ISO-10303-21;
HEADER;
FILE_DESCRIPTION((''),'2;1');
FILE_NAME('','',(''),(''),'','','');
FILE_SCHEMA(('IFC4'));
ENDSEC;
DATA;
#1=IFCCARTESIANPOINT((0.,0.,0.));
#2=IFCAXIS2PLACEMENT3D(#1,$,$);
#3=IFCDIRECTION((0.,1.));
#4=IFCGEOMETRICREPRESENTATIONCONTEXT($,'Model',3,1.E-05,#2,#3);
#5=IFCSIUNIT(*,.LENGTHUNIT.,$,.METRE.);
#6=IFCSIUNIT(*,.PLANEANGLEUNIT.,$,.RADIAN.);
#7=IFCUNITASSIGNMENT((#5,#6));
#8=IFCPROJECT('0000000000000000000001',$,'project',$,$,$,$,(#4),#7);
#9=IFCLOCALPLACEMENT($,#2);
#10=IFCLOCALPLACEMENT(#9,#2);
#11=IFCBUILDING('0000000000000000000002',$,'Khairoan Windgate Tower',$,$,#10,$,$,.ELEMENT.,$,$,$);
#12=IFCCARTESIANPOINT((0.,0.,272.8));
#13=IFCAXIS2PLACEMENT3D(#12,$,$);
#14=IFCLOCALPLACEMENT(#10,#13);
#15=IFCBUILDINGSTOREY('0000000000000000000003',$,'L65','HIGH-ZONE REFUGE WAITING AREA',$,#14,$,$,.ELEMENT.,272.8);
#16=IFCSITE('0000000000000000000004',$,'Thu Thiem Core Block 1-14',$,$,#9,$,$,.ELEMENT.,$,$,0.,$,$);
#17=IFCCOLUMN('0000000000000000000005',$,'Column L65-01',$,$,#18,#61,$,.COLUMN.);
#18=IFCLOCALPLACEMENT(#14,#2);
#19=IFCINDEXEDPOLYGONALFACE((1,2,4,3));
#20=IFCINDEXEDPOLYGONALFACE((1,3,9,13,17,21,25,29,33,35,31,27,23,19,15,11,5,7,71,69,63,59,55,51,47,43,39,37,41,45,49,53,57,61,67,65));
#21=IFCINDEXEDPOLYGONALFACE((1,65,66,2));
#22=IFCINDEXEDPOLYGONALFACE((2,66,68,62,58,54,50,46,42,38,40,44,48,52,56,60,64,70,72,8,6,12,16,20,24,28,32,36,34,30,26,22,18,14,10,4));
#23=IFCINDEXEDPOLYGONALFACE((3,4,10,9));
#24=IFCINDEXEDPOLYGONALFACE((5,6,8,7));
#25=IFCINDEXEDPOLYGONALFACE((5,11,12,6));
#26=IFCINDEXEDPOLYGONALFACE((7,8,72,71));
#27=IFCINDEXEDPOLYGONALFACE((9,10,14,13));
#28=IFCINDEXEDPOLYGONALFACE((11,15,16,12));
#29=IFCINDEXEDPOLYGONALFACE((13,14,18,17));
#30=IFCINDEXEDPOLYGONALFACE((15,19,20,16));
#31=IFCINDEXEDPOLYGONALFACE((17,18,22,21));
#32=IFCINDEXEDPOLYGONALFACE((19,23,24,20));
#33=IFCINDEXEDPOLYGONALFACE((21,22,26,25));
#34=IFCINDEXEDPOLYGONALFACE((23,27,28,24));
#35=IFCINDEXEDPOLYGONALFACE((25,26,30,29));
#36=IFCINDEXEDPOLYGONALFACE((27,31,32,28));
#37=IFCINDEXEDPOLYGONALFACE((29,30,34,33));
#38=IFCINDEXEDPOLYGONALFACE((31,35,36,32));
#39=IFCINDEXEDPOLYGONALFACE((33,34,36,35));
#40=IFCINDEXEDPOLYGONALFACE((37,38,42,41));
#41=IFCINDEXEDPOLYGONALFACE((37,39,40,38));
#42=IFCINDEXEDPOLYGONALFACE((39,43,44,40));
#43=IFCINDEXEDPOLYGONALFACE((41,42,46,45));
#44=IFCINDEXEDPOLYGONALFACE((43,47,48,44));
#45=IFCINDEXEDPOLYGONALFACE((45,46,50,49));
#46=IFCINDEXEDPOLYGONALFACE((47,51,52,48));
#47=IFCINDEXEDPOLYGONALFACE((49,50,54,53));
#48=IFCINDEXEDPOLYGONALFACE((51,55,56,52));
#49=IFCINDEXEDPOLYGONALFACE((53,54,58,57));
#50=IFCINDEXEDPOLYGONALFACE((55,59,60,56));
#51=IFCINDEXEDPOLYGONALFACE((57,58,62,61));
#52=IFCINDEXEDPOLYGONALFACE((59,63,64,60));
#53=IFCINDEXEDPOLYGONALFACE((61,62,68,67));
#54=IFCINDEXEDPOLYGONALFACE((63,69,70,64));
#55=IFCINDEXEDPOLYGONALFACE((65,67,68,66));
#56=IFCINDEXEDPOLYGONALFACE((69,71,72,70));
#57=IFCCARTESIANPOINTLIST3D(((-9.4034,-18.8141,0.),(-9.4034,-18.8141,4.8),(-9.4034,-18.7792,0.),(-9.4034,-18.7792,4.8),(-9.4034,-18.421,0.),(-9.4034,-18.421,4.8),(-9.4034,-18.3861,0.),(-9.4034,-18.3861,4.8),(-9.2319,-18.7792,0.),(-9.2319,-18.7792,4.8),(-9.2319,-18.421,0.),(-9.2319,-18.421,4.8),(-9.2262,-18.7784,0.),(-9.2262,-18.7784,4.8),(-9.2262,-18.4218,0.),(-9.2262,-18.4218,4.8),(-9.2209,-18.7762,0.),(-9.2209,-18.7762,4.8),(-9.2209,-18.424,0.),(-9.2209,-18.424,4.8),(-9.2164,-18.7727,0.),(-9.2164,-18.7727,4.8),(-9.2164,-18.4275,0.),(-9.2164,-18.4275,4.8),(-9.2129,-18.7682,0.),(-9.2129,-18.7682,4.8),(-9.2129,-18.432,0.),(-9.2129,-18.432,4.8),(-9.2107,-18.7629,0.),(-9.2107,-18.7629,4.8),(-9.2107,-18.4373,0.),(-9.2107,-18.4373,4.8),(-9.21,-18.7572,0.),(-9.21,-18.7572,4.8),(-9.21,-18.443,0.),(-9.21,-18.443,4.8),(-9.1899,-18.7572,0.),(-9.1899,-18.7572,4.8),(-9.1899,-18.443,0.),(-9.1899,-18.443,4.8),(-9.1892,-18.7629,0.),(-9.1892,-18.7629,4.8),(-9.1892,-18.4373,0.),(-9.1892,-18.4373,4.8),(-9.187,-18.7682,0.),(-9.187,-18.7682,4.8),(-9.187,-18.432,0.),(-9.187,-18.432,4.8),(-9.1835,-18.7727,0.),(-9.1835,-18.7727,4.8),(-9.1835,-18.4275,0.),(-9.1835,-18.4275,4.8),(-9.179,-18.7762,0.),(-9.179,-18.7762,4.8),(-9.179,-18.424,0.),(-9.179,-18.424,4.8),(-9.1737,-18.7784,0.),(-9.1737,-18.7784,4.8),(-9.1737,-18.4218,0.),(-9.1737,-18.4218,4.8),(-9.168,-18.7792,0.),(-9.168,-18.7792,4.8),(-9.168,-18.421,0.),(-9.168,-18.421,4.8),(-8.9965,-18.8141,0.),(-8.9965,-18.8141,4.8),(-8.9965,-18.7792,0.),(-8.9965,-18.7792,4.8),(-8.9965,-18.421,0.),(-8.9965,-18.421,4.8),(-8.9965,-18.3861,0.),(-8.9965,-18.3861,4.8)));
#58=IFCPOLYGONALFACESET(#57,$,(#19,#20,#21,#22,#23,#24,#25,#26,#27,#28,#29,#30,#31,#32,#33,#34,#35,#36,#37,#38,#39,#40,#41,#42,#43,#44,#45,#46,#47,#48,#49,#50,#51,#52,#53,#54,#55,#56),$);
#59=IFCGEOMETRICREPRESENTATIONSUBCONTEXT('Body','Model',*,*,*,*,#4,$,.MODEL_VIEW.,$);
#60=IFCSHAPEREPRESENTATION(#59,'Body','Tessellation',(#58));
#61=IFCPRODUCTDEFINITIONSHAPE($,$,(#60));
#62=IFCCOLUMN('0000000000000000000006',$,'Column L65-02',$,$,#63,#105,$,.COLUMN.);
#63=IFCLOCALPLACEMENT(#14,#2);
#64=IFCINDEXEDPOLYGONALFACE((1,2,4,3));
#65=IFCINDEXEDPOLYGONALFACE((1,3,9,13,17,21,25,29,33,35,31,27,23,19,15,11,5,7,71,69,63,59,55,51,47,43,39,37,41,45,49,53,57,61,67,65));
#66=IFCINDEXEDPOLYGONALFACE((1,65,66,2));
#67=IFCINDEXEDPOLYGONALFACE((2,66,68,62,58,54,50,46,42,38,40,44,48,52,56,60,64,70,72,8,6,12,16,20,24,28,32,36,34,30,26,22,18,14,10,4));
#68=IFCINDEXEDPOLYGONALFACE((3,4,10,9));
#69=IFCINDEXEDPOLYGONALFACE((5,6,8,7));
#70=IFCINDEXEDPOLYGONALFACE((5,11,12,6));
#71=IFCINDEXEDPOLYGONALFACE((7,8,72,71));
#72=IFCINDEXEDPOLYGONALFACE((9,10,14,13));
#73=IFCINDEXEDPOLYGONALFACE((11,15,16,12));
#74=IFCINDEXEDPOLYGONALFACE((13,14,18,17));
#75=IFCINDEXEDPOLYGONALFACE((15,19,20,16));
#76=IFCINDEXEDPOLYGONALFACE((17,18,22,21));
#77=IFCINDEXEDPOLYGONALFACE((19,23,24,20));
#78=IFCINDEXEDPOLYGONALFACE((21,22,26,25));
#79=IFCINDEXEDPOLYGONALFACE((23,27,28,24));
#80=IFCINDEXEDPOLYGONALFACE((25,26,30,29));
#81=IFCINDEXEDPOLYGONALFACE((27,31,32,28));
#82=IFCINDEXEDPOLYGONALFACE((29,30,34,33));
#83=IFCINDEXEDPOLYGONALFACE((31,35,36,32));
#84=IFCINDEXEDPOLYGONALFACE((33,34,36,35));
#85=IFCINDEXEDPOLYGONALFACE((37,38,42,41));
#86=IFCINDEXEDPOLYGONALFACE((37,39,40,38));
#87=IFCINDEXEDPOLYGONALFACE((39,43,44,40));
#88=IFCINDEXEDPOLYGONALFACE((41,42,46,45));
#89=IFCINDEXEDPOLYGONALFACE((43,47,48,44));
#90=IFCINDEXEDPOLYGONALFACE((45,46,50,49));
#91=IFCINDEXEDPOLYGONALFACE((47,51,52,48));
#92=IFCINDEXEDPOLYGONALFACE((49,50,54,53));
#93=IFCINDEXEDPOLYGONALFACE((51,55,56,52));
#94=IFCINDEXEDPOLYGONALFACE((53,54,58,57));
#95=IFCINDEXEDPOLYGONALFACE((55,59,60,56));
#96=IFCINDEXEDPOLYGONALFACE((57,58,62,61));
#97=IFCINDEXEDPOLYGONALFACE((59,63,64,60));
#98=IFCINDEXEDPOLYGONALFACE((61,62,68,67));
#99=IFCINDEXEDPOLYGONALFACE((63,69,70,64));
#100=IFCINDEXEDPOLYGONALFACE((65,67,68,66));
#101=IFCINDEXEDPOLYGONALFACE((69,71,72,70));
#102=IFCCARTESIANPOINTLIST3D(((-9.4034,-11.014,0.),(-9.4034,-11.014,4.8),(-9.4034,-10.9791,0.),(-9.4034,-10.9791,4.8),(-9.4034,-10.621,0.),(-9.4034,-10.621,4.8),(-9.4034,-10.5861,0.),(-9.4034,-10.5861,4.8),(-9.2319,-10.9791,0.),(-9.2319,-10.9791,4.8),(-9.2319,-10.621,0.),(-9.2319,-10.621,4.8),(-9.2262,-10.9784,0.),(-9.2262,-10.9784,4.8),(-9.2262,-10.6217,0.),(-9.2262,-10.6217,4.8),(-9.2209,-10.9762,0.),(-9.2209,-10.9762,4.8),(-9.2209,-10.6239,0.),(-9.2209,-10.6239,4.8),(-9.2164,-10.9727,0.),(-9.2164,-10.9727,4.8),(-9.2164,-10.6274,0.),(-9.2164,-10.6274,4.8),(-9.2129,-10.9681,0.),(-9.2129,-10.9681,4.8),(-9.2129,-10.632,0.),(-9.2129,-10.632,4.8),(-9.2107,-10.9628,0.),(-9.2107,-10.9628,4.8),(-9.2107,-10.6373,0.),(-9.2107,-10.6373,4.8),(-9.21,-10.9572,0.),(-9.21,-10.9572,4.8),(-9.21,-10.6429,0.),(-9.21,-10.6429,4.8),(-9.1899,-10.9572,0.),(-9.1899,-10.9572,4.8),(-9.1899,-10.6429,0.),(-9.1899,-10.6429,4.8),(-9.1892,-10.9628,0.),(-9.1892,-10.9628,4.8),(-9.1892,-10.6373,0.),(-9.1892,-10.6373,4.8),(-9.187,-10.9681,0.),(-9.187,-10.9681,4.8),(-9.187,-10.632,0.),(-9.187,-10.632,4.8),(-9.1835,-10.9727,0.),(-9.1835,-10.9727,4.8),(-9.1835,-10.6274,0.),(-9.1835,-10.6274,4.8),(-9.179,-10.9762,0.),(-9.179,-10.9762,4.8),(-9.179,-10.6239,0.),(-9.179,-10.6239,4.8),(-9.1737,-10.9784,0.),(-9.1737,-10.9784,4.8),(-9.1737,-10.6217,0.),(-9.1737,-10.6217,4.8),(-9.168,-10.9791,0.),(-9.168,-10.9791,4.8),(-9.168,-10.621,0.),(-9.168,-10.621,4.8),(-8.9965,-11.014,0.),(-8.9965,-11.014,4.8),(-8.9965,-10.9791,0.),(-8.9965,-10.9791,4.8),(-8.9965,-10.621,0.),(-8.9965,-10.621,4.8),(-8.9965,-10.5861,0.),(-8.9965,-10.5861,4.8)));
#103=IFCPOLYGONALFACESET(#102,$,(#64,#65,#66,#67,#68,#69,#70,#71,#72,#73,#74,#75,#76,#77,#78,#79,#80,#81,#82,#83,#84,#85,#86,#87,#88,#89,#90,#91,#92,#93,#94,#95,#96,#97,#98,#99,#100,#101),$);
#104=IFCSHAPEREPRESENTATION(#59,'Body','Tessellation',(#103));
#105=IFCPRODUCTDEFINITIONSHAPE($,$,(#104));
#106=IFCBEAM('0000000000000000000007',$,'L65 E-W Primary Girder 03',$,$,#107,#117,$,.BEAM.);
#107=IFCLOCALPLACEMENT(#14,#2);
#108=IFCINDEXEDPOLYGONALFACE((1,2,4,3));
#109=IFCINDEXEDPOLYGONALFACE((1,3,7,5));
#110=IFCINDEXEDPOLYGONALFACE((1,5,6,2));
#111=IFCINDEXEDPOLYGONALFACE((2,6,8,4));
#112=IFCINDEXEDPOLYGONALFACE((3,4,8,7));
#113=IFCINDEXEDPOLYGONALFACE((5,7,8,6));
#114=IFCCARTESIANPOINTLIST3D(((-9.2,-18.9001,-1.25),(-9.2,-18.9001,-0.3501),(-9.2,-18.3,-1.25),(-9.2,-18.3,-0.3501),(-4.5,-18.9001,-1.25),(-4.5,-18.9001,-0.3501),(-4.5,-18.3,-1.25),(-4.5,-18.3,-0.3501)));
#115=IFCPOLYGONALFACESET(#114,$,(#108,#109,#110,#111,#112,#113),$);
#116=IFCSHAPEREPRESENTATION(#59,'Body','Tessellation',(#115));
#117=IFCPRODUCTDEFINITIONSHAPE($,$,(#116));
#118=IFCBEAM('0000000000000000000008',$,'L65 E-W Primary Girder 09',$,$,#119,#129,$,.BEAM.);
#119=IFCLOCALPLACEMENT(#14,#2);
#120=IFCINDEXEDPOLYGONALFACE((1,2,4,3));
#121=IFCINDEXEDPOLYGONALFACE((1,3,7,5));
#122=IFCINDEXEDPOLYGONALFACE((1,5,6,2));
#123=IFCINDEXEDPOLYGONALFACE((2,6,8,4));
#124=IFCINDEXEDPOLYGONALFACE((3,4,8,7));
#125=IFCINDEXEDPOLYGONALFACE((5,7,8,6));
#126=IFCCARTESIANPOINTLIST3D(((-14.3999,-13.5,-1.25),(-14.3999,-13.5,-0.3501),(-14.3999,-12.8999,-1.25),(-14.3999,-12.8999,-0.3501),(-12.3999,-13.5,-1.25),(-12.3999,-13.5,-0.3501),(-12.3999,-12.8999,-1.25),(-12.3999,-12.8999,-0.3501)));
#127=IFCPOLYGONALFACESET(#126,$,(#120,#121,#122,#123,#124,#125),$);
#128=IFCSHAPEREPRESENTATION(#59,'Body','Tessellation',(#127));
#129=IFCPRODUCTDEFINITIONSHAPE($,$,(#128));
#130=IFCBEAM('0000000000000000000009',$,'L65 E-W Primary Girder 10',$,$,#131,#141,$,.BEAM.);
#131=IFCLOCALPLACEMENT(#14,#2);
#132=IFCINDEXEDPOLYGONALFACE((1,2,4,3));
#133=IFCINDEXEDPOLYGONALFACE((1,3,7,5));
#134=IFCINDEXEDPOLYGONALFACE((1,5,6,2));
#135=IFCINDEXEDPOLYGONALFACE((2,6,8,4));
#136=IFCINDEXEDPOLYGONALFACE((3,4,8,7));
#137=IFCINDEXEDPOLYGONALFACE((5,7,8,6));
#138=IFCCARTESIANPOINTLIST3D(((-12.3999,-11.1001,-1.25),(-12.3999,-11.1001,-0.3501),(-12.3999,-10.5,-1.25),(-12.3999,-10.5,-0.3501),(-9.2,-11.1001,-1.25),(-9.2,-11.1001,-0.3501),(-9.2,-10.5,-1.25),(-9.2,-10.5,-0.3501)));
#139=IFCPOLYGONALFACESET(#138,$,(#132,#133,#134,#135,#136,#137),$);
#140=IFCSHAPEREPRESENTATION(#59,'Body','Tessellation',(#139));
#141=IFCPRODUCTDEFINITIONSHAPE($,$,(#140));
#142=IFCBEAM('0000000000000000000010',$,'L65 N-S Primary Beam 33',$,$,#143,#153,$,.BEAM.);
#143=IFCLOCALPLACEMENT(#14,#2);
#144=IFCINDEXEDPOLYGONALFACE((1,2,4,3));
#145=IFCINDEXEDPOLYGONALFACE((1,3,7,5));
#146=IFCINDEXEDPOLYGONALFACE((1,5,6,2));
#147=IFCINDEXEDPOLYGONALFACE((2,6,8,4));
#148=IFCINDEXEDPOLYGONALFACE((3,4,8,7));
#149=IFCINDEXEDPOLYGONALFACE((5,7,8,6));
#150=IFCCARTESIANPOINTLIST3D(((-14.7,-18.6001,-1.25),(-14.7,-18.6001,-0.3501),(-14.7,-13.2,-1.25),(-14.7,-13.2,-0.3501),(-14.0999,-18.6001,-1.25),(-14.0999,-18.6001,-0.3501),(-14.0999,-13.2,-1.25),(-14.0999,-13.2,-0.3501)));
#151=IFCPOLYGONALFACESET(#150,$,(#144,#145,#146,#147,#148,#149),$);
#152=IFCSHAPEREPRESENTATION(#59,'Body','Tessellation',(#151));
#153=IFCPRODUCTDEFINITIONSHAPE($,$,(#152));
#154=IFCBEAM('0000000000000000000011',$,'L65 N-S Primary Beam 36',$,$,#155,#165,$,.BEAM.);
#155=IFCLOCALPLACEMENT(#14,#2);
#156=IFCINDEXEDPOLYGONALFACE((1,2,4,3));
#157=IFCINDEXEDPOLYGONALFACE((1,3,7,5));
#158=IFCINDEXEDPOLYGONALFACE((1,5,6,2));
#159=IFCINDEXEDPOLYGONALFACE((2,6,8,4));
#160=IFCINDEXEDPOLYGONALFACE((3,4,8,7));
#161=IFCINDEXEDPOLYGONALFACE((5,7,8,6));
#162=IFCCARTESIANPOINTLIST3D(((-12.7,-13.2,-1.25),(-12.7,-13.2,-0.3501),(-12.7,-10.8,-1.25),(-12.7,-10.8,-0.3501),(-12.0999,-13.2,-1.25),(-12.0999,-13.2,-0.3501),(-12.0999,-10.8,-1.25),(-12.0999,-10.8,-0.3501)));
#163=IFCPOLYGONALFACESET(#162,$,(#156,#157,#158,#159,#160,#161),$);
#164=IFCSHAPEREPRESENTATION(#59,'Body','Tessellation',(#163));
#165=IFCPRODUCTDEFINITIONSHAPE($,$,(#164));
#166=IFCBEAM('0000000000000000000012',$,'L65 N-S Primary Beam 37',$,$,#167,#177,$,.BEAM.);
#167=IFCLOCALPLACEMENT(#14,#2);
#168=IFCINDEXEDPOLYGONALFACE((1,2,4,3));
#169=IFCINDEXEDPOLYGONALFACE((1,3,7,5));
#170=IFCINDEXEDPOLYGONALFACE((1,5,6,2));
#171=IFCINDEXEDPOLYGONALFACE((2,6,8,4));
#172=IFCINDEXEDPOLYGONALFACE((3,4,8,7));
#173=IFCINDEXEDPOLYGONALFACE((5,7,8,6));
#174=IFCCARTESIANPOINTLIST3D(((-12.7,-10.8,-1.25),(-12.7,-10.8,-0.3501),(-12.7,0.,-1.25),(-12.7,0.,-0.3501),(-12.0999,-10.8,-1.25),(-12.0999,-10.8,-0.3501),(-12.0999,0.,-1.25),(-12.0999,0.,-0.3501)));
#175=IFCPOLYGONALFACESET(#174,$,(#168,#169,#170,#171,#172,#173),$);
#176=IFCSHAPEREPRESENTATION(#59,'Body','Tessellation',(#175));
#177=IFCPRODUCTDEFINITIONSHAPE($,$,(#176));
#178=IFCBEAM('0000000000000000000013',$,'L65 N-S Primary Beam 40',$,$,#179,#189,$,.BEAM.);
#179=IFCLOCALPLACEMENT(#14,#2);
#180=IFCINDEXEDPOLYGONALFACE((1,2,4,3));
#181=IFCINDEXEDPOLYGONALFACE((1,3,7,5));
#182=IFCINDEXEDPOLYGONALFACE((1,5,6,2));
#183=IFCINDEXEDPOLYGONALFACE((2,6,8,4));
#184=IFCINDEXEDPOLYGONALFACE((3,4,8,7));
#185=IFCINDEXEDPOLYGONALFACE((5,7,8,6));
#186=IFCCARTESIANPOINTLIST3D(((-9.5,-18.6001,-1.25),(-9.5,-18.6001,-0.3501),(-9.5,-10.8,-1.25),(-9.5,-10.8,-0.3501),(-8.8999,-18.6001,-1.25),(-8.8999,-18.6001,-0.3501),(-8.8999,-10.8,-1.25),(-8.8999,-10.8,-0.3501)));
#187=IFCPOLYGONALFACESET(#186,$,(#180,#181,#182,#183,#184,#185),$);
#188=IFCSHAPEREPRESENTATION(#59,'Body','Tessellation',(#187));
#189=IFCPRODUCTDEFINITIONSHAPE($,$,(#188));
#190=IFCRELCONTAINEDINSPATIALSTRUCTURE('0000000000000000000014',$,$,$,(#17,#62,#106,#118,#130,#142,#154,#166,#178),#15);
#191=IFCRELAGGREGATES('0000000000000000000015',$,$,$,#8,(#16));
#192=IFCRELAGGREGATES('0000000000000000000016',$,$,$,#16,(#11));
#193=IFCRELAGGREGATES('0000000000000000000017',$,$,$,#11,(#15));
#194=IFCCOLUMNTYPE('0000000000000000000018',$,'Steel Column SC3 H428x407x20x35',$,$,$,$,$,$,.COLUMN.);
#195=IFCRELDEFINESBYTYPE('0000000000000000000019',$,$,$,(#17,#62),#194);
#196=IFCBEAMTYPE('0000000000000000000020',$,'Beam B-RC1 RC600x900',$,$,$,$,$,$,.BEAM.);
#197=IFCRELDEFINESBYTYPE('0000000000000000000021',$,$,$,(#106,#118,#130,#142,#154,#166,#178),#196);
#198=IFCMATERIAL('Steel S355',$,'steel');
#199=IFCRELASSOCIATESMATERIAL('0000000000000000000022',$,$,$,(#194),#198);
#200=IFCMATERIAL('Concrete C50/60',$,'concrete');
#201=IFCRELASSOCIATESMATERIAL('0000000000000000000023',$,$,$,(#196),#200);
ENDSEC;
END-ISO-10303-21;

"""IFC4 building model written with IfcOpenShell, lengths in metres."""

from ifc_helpers import new_model, si_unit, direction, frame, origin, origin_2d, place, context, subcontext, project, spatial, rectangle, i_section, extrude, material, material_profile, profile_set, type_object, element, save


model = new_model("IFC4")

# Units and contexts
model_context = context("Model", 3, precision=1e-05, world=origin(), true_north=direction((0.0, 1.0)))
body_context = subcontext(model_context, "Body", "Model", "MODEL_VIEW")
ifc_project = project(units=[si_unit("LENGTHUNIT", "METRE"), si_unit("PLANEANGLEUNIT", "RADIAN")], contexts=[model_context])

# Site, building, storey
site_placement = place(None, origin())
site = spatial("IfcSite", under=ifc_project, at=site_placement, Name="Thu Thiem Core Block 1-14", CompositionType="ELEMENT", RefElevation=0.0)
building_placement = place(site_placement, origin())
building = spatial("IfcBuilding", under=site, at=building_placement, Name="Khairoan Windgate Tower", CompositionType="ELEMENT")
storey_placement = place(building_placement, frame((0.0, 0.0, 272.8)))
storey = spatial("IfcBuildingStorey", under=building, at=storey_placement, Name="L65", Description="HIGH-ZONE REFUGE WAITING AREA", CompositionType="ELEMENT", Elevation=272.8)

# Columns
ifc_material_1 = material(Name="Steel S355", Category="steel")
ifc_material_profile_1 = material_profile(ifc_material_1, i_section(OverallWidth=0.407, OverallDepth=0.428, WebThickness=0.02, FlangeThickness=0.0349, FilletRadius=0.022, at=origin_2d()))
ifc_profile_set_1 = profile_set([ifc_material_profile_1], Name="Steel S355")
column_type = type_object("IfcColumnType", Name="Steel Column SC3 H428x407x20x35", PredefinedType="COLUMN", material=ifc_profile_set_1)
for number, where, z_axis, x_axis, name in (
    (1, (-9.2, -18.6001, 0.0), (0.0, 0.0, 1.0), (1.0, 0.0, 0.0), "Column L65-01"),
    (2, (-9.2, -10.8, 0.0), (0.0, 0.0, 1.0), (1.0, 0.0, 0.0), "Column L65-02"),
):
    element("IfcColumn", number, at=place(storey_placement, frame(where, z_axis=z_axis, x_axis=x_axis)), inside=storey, type_object=column_type, Name=name, PredefinedType="COLUMN", context=body_context, shape_type="SweptSolid", body=[
        extrude(i_section(OverallWidth=0.407, OverallDepth=0.428, WebThickness=0.02, FlangeThickness=0.0349, FilletRadius=0.022, at=origin_2d()), origin(), (0.0, 0.0, 1.0), 4.8),
    ])

# Beams
ifc_material_2 = material(Name="Concrete C50/60", Category="concrete")
ifc_material_profile_2 = material_profile(ifc_material_2, rectangle(XDim=0.6001, YDim=0.8999, at=origin_2d()))
ifc_profile_set_2 = profile_set([ifc_material_profile_2], Name="Concrete C50/60")
beam_type_1 = type_object("IfcBeamType", Name="Beam B-RC1 RC600x900", PredefinedType="BEAM", material=ifc_profile_set_2)
beam_1_placement = place(storey_placement, frame((-9.2, -18.6001, -0.8), z_axis=(1.0, 0.0, 0.0), x_axis=(0.0, 1.0, 0.0)))
element("IfcBeam", 3, at=beam_1_placement, inside=storey, type_object=beam_type_1, Name="L65 E-W Primary Girder 03", PredefinedType="BEAM", context=body_context, shape_type="SweptSolid", body=[
    extrude(rectangle(XDim=0.6001, YDim=0.8999, at=origin_2d()), origin(), (0.0, 0.0, 1.0), 4.7),
])
beam_2_placement = place(storey_placement, frame((-14.3999, -13.2, -0.8), z_axis=(1.0, 0.0, 0.0), x_axis=(0.0, 1.0, 0.0)))
element("IfcBeam", 4, at=beam_2_placement, inside=storey, type_object=beam_type_1, Name="L65 E-W Primary Girder 09", PredefinedType="BEAM", context=body_context, shape_type="SweptSolid", body=[
    extrude(rectangle(XDim=0.6001, YDim=0.8999, at=origin_2d()), origin(), (0.0, 0.0, 1.0), 2.0),
])
beam_3_placement = place(storey_placement, frame((-12.3999, -10.8, -0.8), z_axis=(1.0, 0.0, 0.0), x_axis=(0.0, 1.0, 0.0)))
element("IfcBeam", 5, at=beam_3_placement, inside=storey, type_object=beam_type_1, Name="L65 E-W Primary Girder 10", PredefinedType="BEAM", context=body_context, shape_type="SweptSolid", body=[
    extrude(rectangle(XDim=0.6001, YDim=0.8999, at=origin_2d()), origin(), (0.0, 0.0, 1.0), 3.2),
])
beam_4_placement = place(storey_placement, frame((-14.3999, -18.6001, -0.8), z_axis=(0.0, 1.0, 0.0), x_axis=(-1.0, 0.0, 0.0)))
element("IfcBeam", 6, at=beam_4_placement, inside=storey, type_object=beam_type_1, Name="L65 N-S Primary Beam 33", PredefinedType="BEAM", context=body_context, shape_type="SweptSolid", body=[
    extrude(rectangle(XDim=0.6001, YDim=0.8999, at=origin_2d()), origin(), (0.0, 0.0, 1.0), 5.4001),
])
beam_5_placement = place(storey_placement, frame((-12.3999, -13.2, -0.8), z_axis=(0.0, 1.0, 0.0), x_axis=(-1.0, 0.0, 0.0)))
element("IfcBeam", 7, at=beam_5_placement, inside=storey, type_object=beam_type_1, Name="L65 N-S Primary Beam 36", PredefinedType="BEAM", context=body_context, shape_type="SweptSolid", body=[
    extrude(rectangle(XDim=0.6001, YDim=0.8999, at=origin_2d()), origin(), (0.0, 0.0, 1.0), 2.3999),
])
beam_6_placement = place(storey_placement, frame((-12.3999, -10.8, -0.8), z_axis=(0.0, 1.0, 0.0), x_axis=(-1.0, 0.0, 0.0)))
element("IfcBeam", 8, at=beam_6_placement, inside=storey, type_object=beam_type_1, Name="L65 N-S Primary Beam 37", PredefinedType="BEAM", context=body_context, shape_type="SweptSolid", body=[
    extrude(rectangle(XDim=0.6001, YDim=0.8999, at=origin_2d()), origin(), (0.0, 0.0, 1.0), 10.8),
])
beam_7_placement = place(storey_placement, frame((-9.2, -18.6001, -0.8), z_axis=(0.0, 1.0, 0.0), x_axis=(-1.0, 0.0, 0.0)))
element("IfcBeam", 9, at=beam_7_placement, inside=storey, type_object=beam_type_1, Name="L65 N-S Primary Beam 40", PredefinedType="BEAM", context=body_context, shape_type="SweptSolid", body=[
    extrude(rectangle(XDim=0.6001, YDim=0.8999, at=origin_2d()), origin(), (0.0, 0.0, 1.0), 7.8),
])

save(model, "model.ifc")
